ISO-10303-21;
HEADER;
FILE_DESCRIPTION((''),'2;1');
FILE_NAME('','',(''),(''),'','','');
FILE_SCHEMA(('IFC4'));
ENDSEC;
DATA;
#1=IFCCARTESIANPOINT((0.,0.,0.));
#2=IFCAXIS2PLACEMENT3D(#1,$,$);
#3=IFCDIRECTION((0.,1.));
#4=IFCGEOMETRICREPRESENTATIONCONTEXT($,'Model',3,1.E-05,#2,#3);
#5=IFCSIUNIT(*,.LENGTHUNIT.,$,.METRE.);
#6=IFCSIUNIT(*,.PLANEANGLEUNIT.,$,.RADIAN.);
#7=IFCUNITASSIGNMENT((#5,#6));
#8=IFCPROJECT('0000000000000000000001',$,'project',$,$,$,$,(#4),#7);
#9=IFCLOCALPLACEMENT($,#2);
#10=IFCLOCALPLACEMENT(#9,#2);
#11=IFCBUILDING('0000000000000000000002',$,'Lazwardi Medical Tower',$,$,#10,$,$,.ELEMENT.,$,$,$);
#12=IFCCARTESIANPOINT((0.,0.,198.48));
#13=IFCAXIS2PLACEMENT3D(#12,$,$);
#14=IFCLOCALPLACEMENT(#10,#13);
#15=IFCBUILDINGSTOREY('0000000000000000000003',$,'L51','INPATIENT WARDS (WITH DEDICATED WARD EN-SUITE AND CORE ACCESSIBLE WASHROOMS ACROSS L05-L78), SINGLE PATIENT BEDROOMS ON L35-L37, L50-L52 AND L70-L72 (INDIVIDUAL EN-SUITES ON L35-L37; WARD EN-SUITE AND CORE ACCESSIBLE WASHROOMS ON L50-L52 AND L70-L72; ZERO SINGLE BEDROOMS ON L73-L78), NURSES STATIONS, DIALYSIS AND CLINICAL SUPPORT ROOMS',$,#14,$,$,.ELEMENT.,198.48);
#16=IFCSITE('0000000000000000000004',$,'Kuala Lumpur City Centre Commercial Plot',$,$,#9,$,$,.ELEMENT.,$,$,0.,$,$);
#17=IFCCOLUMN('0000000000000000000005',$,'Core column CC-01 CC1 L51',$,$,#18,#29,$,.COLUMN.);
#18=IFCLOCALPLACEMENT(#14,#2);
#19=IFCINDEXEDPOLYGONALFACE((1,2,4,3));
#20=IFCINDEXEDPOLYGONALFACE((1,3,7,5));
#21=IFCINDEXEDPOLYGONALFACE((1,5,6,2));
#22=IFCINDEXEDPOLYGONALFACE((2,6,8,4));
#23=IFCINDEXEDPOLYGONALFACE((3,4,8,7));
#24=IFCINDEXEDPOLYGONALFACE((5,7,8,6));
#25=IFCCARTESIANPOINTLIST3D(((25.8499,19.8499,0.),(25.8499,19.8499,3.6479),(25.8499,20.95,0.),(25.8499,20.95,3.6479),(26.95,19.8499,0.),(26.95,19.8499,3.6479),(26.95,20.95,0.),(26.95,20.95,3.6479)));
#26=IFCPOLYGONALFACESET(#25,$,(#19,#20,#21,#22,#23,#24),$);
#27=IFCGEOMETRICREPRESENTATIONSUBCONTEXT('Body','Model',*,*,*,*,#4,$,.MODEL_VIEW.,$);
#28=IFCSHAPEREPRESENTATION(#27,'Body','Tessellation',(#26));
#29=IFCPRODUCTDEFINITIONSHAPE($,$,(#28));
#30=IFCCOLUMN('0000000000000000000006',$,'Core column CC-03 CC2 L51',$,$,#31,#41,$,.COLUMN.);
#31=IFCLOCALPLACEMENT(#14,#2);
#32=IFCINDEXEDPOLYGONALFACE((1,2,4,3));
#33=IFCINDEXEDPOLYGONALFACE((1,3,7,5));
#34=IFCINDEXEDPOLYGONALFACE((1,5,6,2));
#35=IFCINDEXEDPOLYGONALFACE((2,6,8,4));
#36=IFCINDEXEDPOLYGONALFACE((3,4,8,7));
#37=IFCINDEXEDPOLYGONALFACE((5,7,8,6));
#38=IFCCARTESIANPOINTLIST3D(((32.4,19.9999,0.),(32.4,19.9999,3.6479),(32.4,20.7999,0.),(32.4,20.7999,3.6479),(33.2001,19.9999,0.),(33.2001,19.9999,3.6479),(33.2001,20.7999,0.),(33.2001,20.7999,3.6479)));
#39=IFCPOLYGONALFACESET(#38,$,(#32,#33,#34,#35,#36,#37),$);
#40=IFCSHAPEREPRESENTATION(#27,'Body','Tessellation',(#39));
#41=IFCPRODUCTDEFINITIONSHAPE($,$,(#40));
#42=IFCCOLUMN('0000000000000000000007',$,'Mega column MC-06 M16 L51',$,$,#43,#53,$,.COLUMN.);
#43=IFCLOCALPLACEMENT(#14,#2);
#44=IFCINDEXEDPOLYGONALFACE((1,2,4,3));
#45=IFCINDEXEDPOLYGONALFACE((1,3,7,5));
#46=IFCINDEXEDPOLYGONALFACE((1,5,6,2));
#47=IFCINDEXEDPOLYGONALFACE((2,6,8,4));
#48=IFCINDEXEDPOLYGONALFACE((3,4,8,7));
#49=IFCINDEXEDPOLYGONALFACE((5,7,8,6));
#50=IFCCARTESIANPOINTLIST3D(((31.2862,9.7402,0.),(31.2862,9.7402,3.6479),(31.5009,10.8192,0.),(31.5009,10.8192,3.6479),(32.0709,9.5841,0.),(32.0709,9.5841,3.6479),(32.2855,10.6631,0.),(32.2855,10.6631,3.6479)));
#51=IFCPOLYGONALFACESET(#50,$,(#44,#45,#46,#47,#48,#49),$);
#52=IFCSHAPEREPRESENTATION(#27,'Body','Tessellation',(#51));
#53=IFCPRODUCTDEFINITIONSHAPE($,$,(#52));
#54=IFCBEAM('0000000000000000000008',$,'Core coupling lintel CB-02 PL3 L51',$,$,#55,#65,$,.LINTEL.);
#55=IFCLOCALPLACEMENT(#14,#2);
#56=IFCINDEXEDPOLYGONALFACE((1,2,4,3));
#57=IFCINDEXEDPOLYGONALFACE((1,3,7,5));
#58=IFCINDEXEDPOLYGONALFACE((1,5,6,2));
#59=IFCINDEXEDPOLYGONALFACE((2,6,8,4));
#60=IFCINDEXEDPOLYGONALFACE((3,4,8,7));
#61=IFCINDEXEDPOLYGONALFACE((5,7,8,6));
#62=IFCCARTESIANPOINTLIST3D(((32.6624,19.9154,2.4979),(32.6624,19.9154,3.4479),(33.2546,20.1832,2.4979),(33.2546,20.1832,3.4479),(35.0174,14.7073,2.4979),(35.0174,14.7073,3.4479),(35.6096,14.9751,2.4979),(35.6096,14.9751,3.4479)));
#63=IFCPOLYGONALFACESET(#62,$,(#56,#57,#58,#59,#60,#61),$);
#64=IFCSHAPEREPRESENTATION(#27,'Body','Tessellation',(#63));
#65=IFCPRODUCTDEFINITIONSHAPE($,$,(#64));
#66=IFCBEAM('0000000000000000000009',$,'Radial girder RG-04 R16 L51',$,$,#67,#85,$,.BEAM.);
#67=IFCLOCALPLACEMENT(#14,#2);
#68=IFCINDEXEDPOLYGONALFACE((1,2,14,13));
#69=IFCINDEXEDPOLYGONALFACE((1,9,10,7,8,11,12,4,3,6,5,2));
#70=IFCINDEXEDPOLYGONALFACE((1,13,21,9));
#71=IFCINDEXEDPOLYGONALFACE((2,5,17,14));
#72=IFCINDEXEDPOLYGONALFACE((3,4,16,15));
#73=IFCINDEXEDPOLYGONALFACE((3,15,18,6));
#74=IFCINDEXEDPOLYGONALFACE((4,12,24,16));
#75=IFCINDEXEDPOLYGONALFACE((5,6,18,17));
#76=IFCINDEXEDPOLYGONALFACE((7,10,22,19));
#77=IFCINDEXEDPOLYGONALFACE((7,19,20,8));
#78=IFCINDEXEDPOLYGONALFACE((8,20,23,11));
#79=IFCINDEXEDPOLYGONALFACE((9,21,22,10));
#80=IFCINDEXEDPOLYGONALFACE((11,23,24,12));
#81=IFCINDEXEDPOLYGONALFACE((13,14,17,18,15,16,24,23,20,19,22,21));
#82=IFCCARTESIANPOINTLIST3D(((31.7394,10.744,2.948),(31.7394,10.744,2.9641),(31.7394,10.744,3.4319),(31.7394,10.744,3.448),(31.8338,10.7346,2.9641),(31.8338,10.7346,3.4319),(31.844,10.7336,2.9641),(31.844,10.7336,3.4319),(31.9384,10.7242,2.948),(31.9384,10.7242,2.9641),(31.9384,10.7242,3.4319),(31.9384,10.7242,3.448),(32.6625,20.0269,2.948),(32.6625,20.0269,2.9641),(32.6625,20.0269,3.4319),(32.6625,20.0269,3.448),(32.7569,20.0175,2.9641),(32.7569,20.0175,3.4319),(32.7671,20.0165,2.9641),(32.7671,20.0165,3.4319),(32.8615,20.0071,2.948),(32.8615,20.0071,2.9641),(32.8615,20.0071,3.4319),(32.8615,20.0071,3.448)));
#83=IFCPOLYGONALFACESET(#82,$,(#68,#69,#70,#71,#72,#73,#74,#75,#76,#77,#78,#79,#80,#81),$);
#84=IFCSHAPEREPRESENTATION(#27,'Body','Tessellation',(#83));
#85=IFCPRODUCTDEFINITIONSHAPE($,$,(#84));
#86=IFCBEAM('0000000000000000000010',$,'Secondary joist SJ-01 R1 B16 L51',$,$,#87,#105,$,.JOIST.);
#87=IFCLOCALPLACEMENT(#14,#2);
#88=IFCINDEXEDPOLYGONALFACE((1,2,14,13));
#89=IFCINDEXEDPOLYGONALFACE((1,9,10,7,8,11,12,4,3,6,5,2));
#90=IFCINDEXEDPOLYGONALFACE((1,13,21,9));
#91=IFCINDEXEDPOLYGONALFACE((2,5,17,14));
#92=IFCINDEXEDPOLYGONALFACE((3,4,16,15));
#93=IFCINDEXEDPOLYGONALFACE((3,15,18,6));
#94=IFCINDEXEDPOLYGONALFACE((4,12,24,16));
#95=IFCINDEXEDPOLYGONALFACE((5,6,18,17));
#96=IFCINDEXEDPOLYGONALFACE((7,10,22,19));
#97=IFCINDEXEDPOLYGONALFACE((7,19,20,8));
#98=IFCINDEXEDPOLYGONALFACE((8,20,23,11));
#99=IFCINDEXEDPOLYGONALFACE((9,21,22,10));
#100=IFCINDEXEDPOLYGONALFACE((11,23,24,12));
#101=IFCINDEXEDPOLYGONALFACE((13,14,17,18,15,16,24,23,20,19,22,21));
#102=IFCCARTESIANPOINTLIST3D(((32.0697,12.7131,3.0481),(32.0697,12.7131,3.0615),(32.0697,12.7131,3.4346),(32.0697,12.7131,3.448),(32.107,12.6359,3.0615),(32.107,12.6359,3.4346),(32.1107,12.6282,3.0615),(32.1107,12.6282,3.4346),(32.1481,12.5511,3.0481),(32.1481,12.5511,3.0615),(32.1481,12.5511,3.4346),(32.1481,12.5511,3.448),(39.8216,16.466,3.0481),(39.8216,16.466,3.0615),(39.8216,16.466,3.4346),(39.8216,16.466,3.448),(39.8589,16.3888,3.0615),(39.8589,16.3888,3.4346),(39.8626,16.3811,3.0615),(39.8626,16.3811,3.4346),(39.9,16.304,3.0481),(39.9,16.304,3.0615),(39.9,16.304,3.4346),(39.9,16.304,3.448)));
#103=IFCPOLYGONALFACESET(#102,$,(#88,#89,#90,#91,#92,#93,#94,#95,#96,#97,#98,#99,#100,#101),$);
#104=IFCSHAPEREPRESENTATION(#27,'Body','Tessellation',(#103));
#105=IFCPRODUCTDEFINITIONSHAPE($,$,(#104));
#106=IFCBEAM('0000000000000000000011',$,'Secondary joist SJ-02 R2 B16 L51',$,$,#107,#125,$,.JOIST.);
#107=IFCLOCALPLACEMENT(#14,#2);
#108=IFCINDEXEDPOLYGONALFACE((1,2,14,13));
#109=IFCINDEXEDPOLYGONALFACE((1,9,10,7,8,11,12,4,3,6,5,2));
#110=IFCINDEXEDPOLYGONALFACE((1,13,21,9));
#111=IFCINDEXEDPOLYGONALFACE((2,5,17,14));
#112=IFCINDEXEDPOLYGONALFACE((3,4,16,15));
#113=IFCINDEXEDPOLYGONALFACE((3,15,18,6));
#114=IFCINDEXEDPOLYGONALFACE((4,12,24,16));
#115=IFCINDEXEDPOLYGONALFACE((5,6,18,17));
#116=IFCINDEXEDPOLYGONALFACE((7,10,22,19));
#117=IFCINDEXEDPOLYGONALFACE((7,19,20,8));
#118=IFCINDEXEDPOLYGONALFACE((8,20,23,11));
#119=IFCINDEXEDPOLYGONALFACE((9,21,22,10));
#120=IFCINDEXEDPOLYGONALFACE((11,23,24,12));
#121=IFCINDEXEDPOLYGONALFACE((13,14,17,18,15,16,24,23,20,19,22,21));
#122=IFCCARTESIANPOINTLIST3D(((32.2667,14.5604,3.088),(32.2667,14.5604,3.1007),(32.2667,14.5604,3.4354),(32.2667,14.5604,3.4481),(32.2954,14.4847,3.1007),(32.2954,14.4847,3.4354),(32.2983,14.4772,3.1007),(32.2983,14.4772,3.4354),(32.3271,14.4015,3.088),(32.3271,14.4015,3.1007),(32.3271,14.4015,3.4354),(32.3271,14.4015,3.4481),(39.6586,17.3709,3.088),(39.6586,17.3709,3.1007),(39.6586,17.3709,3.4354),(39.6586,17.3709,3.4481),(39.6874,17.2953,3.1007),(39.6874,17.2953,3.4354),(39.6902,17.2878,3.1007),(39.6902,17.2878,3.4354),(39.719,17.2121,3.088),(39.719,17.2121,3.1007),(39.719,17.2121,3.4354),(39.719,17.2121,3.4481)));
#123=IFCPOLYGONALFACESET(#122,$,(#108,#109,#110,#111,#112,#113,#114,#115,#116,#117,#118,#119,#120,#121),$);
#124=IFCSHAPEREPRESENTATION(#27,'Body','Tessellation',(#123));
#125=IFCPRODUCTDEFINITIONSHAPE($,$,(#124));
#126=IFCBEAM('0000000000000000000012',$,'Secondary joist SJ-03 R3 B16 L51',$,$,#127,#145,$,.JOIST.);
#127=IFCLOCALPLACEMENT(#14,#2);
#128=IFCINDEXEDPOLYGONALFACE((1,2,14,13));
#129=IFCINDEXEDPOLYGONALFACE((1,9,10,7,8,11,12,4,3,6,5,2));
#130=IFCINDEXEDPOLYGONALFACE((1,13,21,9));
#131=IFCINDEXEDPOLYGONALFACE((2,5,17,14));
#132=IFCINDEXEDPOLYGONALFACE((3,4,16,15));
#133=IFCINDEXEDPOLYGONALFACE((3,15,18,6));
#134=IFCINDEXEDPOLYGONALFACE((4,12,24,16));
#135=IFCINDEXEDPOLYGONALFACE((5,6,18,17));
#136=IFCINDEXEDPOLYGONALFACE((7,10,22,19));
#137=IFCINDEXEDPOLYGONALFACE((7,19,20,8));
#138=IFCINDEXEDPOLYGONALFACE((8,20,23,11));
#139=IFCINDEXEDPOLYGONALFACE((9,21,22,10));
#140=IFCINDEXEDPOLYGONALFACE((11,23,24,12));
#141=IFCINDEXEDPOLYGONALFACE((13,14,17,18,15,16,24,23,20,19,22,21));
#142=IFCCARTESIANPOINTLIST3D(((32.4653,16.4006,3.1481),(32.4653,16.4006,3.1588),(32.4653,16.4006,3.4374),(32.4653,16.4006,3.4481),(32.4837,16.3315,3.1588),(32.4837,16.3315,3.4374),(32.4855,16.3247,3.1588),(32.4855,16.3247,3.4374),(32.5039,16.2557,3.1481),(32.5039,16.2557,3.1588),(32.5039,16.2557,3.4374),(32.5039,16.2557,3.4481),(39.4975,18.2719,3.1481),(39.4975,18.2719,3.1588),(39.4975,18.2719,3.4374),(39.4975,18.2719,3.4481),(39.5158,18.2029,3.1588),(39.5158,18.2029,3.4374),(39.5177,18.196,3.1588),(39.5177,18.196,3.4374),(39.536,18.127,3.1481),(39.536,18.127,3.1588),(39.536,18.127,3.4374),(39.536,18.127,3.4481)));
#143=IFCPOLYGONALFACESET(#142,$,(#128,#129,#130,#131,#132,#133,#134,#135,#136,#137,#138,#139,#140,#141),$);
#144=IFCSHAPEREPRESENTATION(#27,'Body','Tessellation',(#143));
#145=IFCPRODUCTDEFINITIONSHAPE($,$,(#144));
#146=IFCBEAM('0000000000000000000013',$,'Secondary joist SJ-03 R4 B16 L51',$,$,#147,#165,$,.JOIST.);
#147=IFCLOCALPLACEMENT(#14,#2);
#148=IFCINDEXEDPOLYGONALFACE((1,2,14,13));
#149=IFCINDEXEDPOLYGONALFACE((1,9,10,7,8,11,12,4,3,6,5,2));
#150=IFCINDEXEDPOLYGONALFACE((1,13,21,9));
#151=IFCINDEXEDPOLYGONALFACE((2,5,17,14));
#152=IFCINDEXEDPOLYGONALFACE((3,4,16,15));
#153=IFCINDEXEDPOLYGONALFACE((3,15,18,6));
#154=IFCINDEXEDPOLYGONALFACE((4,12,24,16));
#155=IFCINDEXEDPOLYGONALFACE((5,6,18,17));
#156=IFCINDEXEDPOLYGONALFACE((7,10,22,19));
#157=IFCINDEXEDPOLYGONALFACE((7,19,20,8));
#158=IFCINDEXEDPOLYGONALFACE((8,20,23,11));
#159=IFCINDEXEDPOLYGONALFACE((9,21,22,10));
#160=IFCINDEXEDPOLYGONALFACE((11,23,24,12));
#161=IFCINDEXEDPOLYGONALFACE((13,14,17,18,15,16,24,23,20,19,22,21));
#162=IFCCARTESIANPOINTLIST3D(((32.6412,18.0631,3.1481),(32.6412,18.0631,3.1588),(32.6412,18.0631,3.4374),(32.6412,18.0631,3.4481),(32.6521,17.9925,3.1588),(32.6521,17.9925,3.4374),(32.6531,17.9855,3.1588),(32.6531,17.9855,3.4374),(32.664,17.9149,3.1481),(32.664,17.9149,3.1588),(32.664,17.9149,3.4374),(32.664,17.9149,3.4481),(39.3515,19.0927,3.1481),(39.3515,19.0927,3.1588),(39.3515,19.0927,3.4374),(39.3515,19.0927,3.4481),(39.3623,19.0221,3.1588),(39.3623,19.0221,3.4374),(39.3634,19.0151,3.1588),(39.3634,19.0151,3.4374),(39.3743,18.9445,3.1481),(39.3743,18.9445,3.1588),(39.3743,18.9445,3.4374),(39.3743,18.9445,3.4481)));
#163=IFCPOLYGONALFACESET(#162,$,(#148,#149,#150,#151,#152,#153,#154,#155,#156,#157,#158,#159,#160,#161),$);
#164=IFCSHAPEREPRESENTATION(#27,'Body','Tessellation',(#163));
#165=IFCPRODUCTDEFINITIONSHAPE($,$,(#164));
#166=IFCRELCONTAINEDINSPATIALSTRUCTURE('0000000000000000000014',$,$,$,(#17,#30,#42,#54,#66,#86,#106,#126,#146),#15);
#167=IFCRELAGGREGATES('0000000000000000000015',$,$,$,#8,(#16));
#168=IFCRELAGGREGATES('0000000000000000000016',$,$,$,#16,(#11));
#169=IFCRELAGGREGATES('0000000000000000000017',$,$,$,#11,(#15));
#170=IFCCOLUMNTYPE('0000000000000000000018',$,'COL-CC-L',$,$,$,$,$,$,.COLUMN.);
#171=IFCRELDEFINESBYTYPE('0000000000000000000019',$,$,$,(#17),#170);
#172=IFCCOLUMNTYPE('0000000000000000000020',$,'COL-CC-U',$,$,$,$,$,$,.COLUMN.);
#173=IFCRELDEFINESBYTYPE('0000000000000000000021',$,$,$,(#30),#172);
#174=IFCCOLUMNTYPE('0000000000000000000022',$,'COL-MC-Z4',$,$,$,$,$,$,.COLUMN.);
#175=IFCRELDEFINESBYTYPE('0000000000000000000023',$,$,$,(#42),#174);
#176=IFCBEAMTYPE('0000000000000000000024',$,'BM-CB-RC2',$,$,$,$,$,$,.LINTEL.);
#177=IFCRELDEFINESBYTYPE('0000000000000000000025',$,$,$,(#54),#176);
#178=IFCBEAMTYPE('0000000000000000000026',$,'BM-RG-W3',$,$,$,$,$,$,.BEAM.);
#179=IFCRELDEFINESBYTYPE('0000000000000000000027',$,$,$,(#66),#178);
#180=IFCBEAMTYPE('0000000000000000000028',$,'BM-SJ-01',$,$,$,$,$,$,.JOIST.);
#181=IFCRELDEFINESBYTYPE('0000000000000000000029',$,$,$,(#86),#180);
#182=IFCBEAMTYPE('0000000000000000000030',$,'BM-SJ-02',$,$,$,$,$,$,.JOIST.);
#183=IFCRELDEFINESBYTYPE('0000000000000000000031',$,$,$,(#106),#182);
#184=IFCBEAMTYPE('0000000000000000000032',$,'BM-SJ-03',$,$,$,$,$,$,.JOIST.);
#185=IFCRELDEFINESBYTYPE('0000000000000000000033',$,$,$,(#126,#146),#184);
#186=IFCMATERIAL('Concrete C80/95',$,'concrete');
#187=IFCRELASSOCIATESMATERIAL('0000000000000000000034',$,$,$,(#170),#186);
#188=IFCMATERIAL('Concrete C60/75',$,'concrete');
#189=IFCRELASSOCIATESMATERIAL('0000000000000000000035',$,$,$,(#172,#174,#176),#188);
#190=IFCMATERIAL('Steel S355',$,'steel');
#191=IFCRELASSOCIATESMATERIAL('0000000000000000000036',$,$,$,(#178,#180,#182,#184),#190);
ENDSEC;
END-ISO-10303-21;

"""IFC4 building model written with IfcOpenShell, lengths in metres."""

from ifc_helpers import new_model, si_unit, direction, frame, origin, origin_2d, place, context, subcontext, project, spatial, rectangle, i_section, extrude, material, material_profile, profile_set, type_object, element, save


model = new_model("IFC4")

# Units and contexts
model_context = context("Model", 3, precision=1e-05, world=origin(), true_north=direction((0.0, 1.0)))
body_context = subcontext(model_context, "Body", "Model", "MODEL_VIEW")
ifc_project = project(units=[si_unit("LENGTHUNIT", "METRE"), si_unit("PLANEANGLEUNIT", "RADIAN")], contexts=[model_context])

# Site, building, storey
site_placement = place(None, origin())
site = spatial("IfcSite", under=ifc_project, at=site_placement, Name="Kuala Lumpur City Centre Commercial Plot", CompositionType="ELEMENT", RefElevation=0.0)
building_placement = place(site_placement, origin())
building = spatial("IfcBuilding", under=site, at=building_placement, Name="Lazwardi Medical Tower", CompositionType="ELEMENT")
storey_placement = place(building_placement, frame((0.0, 0.0, 198.48)))
storey = spatial("IfcBuildingStorey", under=building, at=storey_placement, Name="L51", Description="INPATIENT WARDS (WITH DEDICATED WARD EN-SUITE AND CORE ACCESSIBLE WASHROOMS ACROSS L05-L78), SINGLE PATIENT BEDROOMS ON L35-L37, L50-L52 AND L70-L72 (INDIVIDUAL EN-SUITES ON L35-L37; WARD EN-SUITE AND CORE ACCESSIBLE WASHROOMS ON L50-L52 AND L70-L72; ZERO SINGLE BEDROOMS ON L73-L78), NURSES STATIONS, DIALYSIS AND CLINICAL SUPPORT ROOMS", CompositionType="ELEMENT", Elevation=198.48)

# Columns
ifc_material_1 = material(Name="Concrete C80/95", Category="concrete")
ifc_material_profile_1 = material_profile(ifc_material_1, rectangle(XDim=1.1001, YDim=1.1001, at=origin_2d()), Name="RC 1100x1100")
ifc_profile_set_1 = profile_set([ifc_material_profile_1], Name="Concrete C80/95")
column_type_1 = type_object("IfcColumnType", Name="COL-CC-L", PredefinedType="COLUMN", material=ifc_profile_set_1)
column_1_placement = place(storey_placement, frame((26.3999, 20.3999, 0.0), z_axis=(0.0, 0.0, 1.0), x_axis=(1.0, 0.0, 0.0)))
element("IfcColumn", 1, at=column_1_placement, inside=storey, type_object=column_type_1, Name="Core column CC-01 CC1 L51", PredefinedType="COLUMN", context=body_context, shape_type="SweptSolid", body=[
    extrude(rectangle(XDim=1.1001, YDim=1.1001, at=origin_2d()), origin(), (0.0, 0.0, 1.0), 3.6479),
])
ifc_material_2 = material(Name="Concrete C60/75", Category="concrete")
ifc_material_profile_2 = material_profile(ifc_material_2, rectangle(XDim=0.8, YDim=0.8, at=origin_2d()), Name="RC 800x800")
ifc_profile_set_2 = profile_set([ifc_material_profile_2], Name="Concrete C60/75")
column_type_2 = type_object("IfcColumnType", Name="COL-CC-U", PredefinedType="COLUMN", material=ifc_profile_set_2)
column_2_placement = place(storey_placement, frame((32.8, 20.3999, 0.0), z_axis=(0.0, 0.0, 1.0), x_axis=(1.0, 0.0, 0.0)))
element("IfcColumn", 2, at=column_2_placement, inside=storey, type_object=column_type_2, Name="Core column CC-03 CC2 L51", PredefinedType="COLUMN", context=body_context, shape_type="SweptSolid", body=[
    extrude(rectangle(XDim=0.8, YDim=0.8, at=origin_2d()), origin(), (0.0, 0.0, 1.0), 3.6479),
])
ifc_material_profile_3 = material_profile(ifc_material_2, rectangle(XDim=1.1001, YDim=0.8, at=origin_2d()), Name="CFT-RECT 1100x800")
ifc_profile_set_3 = profile_set([ifc_material_profile_3], Name="Concrete C60/75")
column_type_3 = type_object("IfcColumnType", Name="COL-MC-Z4", PredefinedType="COLUMN", material=ifc_profile_set_3)
column_3_placement = place(storey_placement, frame((31.7859, 10.2017, 0.0), z_axis=(0.0, 0.0, 1.0), x_axis=(-0.19509, -0.980785, 0.0)))
element("IfcColumn", 3, at=column_3_placement, inside=storey, type_object=column_type_3, Name="Mega column MC-06 M16 L51", PredefinedType="COLUMN", context=body_context, shape_type="SweptSolid", body=[
    extrude(rectangle(XDim=1.1001, YDim=0.8, at=origin_2d()), origin(), (0.0, 0.0, 1.0), 3.6479),
])

# Beams
ifc_material_profile_4 = material_profile(ifc_material_2, rectangle(XDim=0.6499, YDim=0.95, at=origin_2d()), Name="RC 650x950")
ifc_profile_set_4 = profile_set([ifc_material_profile_4], Name="Concrete C60/75")
beam_type_1 = type_object("IfcBeamType", Name="BM-CB-RC2", PredefinedType="LINTEL", material=ifc_profile_set_4)
beam_1_placement = place(storey_placement, frame((32.9585, 20.0493, 2.9729), z_axis=(0.412019, -0.911175, 0.0), x_axis=(0.911175, 0.412019, 0.0)))
element("IfcBeam", 4, at=beam_1_placement, inside=storey, type_object=beam_type_1, Name="Core coupling lintel CB-02 PL3 L51", PredefinedType="LINTEL", context=body_context, shape_type="SweptSolid", body=[
    extrude(rectangle(XDim=0.6499, YDim=0.95, at=origin_2d()), origin(), (0.0, 0.0, 1.0), 5.7158),
])
ifc_material_3 = material(Name="Steel S355", Category="steel")
ifc_material_profile_5 = material_profile(ifc_material_3, i_section(OverallWidth=0.2, OverallDepth=0.5, WebThickness=0.0103, FlangeThickness=0.0161, at=origin_2d()), Name="IPE 500")
ifc_profile_set_5 = profile_set([ifc_material_profile_5], Name="Steel S355")
beam_type_2 = type_object("IfcBeamType", Name="BM-RG-W3", PredefinedType="BEAM", material=ifc_profile_set_5)
beam_2_placement = place(storey_placement, frame((31.8389, 10.7341, 3.198), z_axis=(0.098954, 0.995092, 0.0), x_axis=(-0.995092, 0.098954, 0.0)))
element("IfcBeam", 5, at=beam_2_placement, inside=storey, type_object=beam_type_2, Name="Radial girder RG-04 R16 L51", PredefinedType="BEAM", context=body_context, shape_type="SweptSolid", body=[
    extrude(i_section(OverallWidth=0.2, OverallDepth=0.5, WebThickness=0.0103, FlangeThickness=0.0161, at=origin_2d()), origin(), (0.0, 0.0, 1.0), 9.3286),
])
ifc_material_profile_6 = material_profile(ifc_material_3, i_section(OverallWidth=0.1799, OverallDepth=0.3999, WebThickness=0.0085, FlangeThickness=0.0134, at=origin_2d()), Name="IPE 400")
ifc_profile_set_6 = profile_set([ifc_material_profile_6], Name="Steel S355")
beam_type_3 = type_object("IfcBeamType", Name="BM-SJ-01", PredefinedType="JOIST", material=ifc_profile_set_6)
beam_3_placement = place(storey_placement, frame((32.1089, 12.6321, 3.248), z_axis=(0.900069, 0.435748, 0.0), x_axis=(-0.435748, 0.900069, 0.0)))
element("IfcBeam", 6, at=beam_3_placement, inside=storey, type_object=beam_type_3, Name="Secondary joist SJ-01 R1 B16 L51", PredefinedType="JOIST", context=body_context, shape_type="SweptSolid", body=[
    extrude(i_section(OverallWidth=0.1799, OverallDepth=0.3999, WebThickness=0.0085, FlangeThickness=0.0134, at=origin_2d()), origin(), (0.0, 0.0, 1.0), 8.6125),
])
ifc_material_profile_7 = material_profile(ifc_material_3, i_section(OverallWidth=0.1699, OverallDepth=0.3601, WebThickness=0.0081, FlangeThickness=0.0127, at=origin_2d()), Name="IPE 360")
ifc_profile_set_7 = profile_set([ifc_material_profile_7], Name="Steel S355")
beam_type_4 = type_object("IfcBeamType", Name="BM-SJ-02", PredefinedType="JOIST", material=ifc_profile_set_7)
beam_4_placement = place(storey_placement, frame((32.2969, 14.481, 3.2681), z_axis=(0.934714, 0.3554, 0.0), x_axis=(-0.3554, 0.934714, 0.0)))
element("IfcBeam", 7, at=beam_4_placement, inside=storey, type_object=beam_type_4, Name="Secondary joist SJ-02 R2 B16 L51", PredefinedType="JOIST", context=body_context, shape_type="SweptSolid", body=[
    extrude(i_section(OverallWidth=0.1699, OverallDepth=0.3601, WebThickness=0.0081, FlangeThickness=0.0127, at=origin_2d()), origin(), (0.0, 0.0, 1.0), 7.9082),
])
ifc_material_profile_8 = material_profile(ifc_material_3, i_section(OverallWidth=0.1499, OverallDepth=0.3, WebThickness=0.0071, FlangeThickness=0.0107, at=origin_2d()), Name="IPE 300")
ifc_profile_set_8 = profile_set([ifc_material_profile_8], Name="Steel S355")
beam_type_5 = type_object("IfcBeamType", Name="BM-SJ-03", PredefinedType="JOIST", material=ifc_profile_set_8)
beam_5_placement = place(storey_placement, frame((32.4846, 16.3281, 3.2981), z_axis=(0.966369, 0.257159, 0.0), x_axis=(-0.257159, 0.966369, 0.0)))
element("IfcBeam", 8, at=beam_5_placement, inside=storey, type_object=beam_type_5, Name="Secondary joist SJ-03 R3 B16 L51", PredefinedType="JOIST", context=body_context, shape_type="SweptSolid", body=[
    extrude(i_section(OverallWidth=0.1499, OverallDepth=0.3, WebThickness=0.0071, FlangeThickness=0.0107, at=origin_2d()), origin(), (0.0, 0.0, 1.0), 7.2769),
])
beam_6_placement = place(storey_placement, frame((32.6526, 17.989, 3.2981), z_axis=(0.988434, 0.151655, 0.0), x_axis=(-0.151655, 0.988434, 0.0)))
element("IfcBeam", 9, at=beam_6_placement, inside=storey, type_object=beam_type_5, Name="Secondary joist SJ-03 R4 B16 L51", PredefinedType="JOIST", context=body_context, shape_type="SweptSolid", body=[
    extrude(i_section(OverallWidth=0.1499, OverallDepth=0.3, WebThickness=0.0071, FlangeThickness=0.0107, at=origin_2d()), origin(), (0.0, 0.0, 1.0), 6.7888),
])

save(model, "model.ifc")
